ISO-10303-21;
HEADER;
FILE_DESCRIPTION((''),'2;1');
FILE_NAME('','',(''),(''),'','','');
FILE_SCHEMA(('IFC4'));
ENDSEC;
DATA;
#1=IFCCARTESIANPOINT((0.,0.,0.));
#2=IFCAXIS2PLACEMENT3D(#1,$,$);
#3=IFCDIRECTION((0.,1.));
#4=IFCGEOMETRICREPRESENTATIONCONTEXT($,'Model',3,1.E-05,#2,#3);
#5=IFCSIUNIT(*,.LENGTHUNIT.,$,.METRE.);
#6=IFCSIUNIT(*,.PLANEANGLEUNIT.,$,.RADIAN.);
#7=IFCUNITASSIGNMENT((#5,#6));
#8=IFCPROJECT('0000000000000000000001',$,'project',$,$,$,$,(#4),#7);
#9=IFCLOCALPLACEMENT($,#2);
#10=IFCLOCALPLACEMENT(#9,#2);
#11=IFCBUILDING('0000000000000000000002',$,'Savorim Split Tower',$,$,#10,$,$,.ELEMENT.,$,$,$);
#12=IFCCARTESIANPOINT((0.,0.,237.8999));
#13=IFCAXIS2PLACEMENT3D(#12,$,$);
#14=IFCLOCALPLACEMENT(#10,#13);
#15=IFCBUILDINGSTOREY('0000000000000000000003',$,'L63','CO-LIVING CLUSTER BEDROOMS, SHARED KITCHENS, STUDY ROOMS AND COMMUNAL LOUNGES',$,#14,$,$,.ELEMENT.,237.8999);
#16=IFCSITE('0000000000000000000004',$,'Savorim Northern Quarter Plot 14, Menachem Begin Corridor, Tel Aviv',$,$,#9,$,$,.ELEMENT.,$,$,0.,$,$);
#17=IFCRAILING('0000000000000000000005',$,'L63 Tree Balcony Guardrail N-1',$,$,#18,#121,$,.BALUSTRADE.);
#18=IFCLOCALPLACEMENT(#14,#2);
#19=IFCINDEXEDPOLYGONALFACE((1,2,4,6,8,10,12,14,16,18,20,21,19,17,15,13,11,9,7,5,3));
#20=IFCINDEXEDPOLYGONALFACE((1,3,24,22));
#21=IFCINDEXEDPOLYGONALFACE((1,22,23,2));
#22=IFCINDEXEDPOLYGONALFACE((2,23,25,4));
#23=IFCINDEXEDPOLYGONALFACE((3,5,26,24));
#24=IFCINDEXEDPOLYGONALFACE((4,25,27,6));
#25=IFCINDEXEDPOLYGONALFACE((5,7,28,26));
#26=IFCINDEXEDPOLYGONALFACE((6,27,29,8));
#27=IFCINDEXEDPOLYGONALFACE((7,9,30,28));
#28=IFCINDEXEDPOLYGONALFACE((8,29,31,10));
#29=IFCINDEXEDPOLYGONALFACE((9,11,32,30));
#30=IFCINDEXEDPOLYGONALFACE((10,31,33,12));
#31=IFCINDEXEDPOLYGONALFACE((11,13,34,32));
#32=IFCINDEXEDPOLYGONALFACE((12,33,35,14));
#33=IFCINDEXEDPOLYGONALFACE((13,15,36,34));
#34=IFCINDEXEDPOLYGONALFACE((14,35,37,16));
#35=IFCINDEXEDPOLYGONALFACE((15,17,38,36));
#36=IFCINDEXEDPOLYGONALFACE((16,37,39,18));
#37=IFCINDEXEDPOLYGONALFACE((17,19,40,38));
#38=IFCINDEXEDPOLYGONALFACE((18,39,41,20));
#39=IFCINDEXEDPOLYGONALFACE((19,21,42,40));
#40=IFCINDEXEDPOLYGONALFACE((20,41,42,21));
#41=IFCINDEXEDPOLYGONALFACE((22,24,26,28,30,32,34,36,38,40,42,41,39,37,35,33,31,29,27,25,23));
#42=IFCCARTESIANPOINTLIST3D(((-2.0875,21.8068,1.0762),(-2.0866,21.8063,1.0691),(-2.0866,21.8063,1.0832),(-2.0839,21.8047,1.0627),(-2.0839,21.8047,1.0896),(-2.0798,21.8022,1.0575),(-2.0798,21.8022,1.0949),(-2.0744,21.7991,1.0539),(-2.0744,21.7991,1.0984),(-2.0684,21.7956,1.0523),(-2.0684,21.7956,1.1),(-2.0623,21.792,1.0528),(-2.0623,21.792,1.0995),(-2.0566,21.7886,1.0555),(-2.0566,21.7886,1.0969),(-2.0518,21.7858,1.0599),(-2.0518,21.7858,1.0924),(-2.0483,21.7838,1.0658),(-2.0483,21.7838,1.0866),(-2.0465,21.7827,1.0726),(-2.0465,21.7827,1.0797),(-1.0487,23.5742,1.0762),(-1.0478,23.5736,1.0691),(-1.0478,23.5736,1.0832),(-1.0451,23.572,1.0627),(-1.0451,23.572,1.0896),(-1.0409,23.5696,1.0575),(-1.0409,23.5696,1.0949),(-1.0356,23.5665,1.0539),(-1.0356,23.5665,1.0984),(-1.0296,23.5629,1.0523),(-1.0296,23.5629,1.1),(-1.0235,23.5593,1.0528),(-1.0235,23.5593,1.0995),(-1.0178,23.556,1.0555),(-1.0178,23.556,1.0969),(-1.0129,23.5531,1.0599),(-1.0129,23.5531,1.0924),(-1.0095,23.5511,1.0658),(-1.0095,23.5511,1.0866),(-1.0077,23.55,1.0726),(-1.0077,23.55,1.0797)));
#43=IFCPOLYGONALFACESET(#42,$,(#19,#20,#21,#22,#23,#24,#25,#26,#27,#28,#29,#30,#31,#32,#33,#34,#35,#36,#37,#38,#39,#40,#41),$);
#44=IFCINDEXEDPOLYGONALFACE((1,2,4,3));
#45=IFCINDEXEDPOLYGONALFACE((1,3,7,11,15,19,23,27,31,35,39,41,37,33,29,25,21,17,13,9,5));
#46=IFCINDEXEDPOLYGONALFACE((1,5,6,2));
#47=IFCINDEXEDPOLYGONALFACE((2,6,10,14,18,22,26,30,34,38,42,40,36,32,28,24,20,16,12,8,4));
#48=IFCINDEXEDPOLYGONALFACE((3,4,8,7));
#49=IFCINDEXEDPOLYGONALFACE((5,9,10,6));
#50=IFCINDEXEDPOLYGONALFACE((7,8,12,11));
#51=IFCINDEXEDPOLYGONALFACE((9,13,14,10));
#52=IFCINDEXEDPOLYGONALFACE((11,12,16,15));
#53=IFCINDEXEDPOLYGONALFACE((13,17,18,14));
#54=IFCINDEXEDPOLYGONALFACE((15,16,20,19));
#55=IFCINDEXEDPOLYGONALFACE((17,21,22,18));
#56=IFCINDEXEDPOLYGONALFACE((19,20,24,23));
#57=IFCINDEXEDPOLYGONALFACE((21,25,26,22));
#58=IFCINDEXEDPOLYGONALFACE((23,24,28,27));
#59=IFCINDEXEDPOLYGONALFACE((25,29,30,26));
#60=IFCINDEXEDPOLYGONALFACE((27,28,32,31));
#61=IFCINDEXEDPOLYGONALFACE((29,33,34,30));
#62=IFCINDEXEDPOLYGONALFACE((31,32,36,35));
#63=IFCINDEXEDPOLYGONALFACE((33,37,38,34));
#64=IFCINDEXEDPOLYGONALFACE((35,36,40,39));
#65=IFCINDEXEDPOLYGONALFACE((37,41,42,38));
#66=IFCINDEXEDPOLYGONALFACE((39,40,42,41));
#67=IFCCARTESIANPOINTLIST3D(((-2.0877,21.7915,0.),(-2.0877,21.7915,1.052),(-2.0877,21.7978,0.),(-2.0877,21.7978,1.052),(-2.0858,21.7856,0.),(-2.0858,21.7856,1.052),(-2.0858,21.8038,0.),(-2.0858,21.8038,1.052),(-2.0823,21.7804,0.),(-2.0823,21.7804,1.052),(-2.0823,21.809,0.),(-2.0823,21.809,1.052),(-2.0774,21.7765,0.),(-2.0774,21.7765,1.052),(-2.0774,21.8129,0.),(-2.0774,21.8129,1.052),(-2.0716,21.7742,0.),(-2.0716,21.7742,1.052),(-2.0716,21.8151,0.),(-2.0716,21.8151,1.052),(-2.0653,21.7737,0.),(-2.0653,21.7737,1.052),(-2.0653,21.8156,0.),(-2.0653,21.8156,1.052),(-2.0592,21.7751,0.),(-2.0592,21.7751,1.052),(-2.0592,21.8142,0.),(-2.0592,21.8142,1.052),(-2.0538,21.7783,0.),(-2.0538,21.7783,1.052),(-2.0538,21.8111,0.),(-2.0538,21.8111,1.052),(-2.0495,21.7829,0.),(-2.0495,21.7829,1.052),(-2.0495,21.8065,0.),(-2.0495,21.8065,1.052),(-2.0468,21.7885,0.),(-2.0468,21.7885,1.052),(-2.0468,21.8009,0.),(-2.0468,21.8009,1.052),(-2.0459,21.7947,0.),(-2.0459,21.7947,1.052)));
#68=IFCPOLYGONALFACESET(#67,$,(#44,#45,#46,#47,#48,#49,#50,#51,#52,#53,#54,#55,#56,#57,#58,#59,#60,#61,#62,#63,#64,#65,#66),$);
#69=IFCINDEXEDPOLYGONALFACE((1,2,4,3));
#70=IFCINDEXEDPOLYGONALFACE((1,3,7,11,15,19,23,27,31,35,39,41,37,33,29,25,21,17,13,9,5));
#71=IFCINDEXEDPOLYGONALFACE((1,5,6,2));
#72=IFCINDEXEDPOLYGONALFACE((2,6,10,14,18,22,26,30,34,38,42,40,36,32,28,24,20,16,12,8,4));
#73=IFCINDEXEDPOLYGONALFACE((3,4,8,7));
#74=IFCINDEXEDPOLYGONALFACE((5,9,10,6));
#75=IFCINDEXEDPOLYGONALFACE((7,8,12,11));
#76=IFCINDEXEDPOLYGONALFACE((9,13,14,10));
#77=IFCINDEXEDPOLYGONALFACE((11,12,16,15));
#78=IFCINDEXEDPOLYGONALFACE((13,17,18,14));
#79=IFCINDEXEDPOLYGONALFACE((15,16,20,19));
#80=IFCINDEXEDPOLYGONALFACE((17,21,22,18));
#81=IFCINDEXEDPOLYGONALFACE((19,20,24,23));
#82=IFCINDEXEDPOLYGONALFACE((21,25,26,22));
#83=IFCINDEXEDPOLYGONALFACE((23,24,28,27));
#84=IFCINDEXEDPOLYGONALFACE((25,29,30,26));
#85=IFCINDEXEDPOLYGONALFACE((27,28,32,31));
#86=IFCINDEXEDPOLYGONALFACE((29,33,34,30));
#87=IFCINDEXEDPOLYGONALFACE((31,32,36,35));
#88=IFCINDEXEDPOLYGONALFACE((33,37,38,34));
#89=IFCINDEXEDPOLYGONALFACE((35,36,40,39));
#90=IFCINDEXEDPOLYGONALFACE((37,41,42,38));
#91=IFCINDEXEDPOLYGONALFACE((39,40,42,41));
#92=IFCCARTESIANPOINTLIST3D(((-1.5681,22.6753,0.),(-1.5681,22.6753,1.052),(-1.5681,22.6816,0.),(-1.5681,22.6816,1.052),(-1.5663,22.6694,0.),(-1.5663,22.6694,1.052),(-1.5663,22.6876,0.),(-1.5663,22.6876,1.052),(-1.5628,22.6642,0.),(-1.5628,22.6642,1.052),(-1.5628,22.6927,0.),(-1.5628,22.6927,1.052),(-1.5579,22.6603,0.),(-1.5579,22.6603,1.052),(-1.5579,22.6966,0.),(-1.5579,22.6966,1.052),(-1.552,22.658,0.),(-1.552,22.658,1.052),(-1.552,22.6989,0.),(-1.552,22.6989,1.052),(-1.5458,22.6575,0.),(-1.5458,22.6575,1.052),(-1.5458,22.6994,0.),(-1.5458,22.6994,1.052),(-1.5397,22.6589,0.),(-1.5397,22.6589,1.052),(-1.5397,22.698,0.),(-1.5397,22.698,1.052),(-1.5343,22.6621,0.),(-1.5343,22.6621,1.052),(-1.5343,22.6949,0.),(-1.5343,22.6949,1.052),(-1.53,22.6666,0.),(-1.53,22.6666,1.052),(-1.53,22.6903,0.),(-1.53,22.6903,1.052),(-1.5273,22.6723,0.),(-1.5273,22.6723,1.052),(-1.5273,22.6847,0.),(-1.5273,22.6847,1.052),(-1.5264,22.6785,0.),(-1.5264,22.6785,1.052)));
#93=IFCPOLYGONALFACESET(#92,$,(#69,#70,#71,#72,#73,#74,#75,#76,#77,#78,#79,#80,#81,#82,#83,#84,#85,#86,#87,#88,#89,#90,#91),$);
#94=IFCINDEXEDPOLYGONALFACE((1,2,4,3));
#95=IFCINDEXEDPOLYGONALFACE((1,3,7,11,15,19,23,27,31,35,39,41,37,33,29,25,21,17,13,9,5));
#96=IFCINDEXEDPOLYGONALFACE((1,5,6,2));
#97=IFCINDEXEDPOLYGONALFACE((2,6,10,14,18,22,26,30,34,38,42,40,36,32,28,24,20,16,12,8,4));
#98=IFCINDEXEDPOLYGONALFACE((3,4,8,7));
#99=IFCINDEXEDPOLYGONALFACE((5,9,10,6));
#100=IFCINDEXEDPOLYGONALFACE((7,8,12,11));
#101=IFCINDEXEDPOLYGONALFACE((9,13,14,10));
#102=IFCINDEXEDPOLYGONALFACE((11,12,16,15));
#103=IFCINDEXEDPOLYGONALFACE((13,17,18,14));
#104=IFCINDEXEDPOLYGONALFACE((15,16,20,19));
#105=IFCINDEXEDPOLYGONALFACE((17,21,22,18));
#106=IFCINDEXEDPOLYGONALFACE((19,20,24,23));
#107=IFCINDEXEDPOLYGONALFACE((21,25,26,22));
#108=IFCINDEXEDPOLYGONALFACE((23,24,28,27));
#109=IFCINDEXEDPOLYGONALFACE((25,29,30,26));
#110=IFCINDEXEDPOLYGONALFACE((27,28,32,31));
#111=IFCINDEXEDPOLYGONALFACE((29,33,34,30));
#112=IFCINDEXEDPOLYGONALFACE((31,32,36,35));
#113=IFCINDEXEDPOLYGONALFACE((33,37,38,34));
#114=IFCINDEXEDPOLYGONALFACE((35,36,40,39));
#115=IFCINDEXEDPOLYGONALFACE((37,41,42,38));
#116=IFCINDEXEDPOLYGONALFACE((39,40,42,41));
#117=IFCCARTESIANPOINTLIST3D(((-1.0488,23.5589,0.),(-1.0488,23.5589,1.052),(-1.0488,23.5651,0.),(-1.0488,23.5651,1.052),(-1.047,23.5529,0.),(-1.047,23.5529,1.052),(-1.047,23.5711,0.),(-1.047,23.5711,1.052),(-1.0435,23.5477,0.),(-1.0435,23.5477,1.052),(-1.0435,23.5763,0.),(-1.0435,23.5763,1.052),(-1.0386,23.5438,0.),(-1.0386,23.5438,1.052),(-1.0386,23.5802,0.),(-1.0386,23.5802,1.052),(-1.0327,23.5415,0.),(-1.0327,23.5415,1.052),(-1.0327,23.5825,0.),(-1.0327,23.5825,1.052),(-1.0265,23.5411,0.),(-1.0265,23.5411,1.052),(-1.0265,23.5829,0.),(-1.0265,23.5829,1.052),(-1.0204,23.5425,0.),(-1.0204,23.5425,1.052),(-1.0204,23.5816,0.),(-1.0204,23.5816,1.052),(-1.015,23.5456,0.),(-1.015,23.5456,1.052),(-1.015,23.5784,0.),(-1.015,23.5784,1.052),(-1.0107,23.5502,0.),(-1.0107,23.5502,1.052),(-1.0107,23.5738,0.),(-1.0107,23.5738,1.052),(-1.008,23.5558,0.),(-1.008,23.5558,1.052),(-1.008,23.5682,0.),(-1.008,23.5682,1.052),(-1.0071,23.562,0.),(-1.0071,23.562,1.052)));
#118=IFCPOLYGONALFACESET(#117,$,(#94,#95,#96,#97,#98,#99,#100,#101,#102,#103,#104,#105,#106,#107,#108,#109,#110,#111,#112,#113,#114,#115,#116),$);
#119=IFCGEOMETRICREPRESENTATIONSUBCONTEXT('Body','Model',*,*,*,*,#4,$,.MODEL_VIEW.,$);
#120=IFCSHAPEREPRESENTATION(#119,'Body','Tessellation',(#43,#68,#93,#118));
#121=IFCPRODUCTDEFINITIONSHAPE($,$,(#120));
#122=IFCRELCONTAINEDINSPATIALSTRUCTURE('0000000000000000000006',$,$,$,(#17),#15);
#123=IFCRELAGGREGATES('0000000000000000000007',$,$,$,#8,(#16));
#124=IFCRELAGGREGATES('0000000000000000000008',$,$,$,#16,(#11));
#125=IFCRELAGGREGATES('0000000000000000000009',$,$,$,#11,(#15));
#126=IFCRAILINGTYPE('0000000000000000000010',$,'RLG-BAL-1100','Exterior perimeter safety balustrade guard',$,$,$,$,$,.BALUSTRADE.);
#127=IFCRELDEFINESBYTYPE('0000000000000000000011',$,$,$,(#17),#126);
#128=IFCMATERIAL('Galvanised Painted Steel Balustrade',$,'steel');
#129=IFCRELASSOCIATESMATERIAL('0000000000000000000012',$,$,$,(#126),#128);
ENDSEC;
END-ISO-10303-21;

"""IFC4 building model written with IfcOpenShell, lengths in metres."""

from ifc_helpers import new_model, si_unit, direction, frame, origin, origin_2d, place, context, subcontext, project, spatial, circle, extrude, material, type_object, element, save


model = new_model("IFC4")

# Units and contexts
model_context = context("Model", 3, precision=1e-05, world=origin(), true_north=direction((0.0, 1.0)))
body_context = subcontext(model_context, "Body", "Model", "MODEL_VIEW")
ifc_project = project(units=[si_unit("LENGTHUNIT", "METRE"), si_unit("PLANEANGLEUNIT", "RADIAN")], contexts=[model_context])

# Site, building, storey
site_placement = place(None, origin())
site = spatial("IfcSite", under=ifc_project, at=site_placement, Name="Savorim Northern Quarter Plot 14, Menachem Begin Corridor, Tel Aviv", CompositionType="ELEMENT", RefElevation=0.0)
building_placement = place(site_placement, origin())
building = spatial("IfcBuilding", under=site, at=building_placement, Name="Savorim Split Tower", CompositionType="ELEMENT")
storey_placement = place(building_placement, frame((0.0, 0.0, 237.8999)))
storey = spatial("IfcBuildingStorey", under=building, at=storey_placement, Name="L63", Description="CO-LIVING CLUSTER BEDROOMS, SHARED KITCHENS, STUDY ROOMS AND COMMUNAL LOUNGES", CompositionType="ELEMENT", Elevation=237.8999)

# Railing
ifc_material_1 = material(Name="Galvanised Painted Steel Balustrade", Category="steel")
railing_type = type_object("IfcRailingType", Name="RLG-BAL-1100", Description="Exterior perimeter safety balustrade guard", PredefinedType="BALUSTRADE", material=ifc_material_1)
railing_1_placement = place(storey_placement, frame((-2.0669, 21.7947, 0.0)))
element("IfcRailing", 1, at=railing_1_placement, inside=storey, type_object=railing_type, Name="L63 Tree Balcony Guardrail N-1", PredefinedType="BALUSTRADE", context=body_context, shape_type="SweptSolid", body=[
    extrude(circle(Radius=0.0239, at=origin_2d()), frame((0.0, 0.0, 1.0762), z_axis=(0.506734, 0.862103, 0.0), x_axis=(-0.862103, 0.506734, 0.0)), (0.0, 0.0, 1.0), 2.05),
    extrude(circle(Radius=0.021, at=origin_2d()), origin(), (0.0, 0.0, 1.0), 1.052),
    extrude(circle(Radius=0.021, at=origin_2d()), frame((0.5195, 0.8838, 0.0)), (0.0, 0.0, 1.0), 1.052),
    extrude(circle(Radius=0.021, at=origin_2d()), frame((1.0388, 1.7673, 0.0)), (0.0, 0.0, 1.0), 1.052),
])

save(model, "model.ifc")
